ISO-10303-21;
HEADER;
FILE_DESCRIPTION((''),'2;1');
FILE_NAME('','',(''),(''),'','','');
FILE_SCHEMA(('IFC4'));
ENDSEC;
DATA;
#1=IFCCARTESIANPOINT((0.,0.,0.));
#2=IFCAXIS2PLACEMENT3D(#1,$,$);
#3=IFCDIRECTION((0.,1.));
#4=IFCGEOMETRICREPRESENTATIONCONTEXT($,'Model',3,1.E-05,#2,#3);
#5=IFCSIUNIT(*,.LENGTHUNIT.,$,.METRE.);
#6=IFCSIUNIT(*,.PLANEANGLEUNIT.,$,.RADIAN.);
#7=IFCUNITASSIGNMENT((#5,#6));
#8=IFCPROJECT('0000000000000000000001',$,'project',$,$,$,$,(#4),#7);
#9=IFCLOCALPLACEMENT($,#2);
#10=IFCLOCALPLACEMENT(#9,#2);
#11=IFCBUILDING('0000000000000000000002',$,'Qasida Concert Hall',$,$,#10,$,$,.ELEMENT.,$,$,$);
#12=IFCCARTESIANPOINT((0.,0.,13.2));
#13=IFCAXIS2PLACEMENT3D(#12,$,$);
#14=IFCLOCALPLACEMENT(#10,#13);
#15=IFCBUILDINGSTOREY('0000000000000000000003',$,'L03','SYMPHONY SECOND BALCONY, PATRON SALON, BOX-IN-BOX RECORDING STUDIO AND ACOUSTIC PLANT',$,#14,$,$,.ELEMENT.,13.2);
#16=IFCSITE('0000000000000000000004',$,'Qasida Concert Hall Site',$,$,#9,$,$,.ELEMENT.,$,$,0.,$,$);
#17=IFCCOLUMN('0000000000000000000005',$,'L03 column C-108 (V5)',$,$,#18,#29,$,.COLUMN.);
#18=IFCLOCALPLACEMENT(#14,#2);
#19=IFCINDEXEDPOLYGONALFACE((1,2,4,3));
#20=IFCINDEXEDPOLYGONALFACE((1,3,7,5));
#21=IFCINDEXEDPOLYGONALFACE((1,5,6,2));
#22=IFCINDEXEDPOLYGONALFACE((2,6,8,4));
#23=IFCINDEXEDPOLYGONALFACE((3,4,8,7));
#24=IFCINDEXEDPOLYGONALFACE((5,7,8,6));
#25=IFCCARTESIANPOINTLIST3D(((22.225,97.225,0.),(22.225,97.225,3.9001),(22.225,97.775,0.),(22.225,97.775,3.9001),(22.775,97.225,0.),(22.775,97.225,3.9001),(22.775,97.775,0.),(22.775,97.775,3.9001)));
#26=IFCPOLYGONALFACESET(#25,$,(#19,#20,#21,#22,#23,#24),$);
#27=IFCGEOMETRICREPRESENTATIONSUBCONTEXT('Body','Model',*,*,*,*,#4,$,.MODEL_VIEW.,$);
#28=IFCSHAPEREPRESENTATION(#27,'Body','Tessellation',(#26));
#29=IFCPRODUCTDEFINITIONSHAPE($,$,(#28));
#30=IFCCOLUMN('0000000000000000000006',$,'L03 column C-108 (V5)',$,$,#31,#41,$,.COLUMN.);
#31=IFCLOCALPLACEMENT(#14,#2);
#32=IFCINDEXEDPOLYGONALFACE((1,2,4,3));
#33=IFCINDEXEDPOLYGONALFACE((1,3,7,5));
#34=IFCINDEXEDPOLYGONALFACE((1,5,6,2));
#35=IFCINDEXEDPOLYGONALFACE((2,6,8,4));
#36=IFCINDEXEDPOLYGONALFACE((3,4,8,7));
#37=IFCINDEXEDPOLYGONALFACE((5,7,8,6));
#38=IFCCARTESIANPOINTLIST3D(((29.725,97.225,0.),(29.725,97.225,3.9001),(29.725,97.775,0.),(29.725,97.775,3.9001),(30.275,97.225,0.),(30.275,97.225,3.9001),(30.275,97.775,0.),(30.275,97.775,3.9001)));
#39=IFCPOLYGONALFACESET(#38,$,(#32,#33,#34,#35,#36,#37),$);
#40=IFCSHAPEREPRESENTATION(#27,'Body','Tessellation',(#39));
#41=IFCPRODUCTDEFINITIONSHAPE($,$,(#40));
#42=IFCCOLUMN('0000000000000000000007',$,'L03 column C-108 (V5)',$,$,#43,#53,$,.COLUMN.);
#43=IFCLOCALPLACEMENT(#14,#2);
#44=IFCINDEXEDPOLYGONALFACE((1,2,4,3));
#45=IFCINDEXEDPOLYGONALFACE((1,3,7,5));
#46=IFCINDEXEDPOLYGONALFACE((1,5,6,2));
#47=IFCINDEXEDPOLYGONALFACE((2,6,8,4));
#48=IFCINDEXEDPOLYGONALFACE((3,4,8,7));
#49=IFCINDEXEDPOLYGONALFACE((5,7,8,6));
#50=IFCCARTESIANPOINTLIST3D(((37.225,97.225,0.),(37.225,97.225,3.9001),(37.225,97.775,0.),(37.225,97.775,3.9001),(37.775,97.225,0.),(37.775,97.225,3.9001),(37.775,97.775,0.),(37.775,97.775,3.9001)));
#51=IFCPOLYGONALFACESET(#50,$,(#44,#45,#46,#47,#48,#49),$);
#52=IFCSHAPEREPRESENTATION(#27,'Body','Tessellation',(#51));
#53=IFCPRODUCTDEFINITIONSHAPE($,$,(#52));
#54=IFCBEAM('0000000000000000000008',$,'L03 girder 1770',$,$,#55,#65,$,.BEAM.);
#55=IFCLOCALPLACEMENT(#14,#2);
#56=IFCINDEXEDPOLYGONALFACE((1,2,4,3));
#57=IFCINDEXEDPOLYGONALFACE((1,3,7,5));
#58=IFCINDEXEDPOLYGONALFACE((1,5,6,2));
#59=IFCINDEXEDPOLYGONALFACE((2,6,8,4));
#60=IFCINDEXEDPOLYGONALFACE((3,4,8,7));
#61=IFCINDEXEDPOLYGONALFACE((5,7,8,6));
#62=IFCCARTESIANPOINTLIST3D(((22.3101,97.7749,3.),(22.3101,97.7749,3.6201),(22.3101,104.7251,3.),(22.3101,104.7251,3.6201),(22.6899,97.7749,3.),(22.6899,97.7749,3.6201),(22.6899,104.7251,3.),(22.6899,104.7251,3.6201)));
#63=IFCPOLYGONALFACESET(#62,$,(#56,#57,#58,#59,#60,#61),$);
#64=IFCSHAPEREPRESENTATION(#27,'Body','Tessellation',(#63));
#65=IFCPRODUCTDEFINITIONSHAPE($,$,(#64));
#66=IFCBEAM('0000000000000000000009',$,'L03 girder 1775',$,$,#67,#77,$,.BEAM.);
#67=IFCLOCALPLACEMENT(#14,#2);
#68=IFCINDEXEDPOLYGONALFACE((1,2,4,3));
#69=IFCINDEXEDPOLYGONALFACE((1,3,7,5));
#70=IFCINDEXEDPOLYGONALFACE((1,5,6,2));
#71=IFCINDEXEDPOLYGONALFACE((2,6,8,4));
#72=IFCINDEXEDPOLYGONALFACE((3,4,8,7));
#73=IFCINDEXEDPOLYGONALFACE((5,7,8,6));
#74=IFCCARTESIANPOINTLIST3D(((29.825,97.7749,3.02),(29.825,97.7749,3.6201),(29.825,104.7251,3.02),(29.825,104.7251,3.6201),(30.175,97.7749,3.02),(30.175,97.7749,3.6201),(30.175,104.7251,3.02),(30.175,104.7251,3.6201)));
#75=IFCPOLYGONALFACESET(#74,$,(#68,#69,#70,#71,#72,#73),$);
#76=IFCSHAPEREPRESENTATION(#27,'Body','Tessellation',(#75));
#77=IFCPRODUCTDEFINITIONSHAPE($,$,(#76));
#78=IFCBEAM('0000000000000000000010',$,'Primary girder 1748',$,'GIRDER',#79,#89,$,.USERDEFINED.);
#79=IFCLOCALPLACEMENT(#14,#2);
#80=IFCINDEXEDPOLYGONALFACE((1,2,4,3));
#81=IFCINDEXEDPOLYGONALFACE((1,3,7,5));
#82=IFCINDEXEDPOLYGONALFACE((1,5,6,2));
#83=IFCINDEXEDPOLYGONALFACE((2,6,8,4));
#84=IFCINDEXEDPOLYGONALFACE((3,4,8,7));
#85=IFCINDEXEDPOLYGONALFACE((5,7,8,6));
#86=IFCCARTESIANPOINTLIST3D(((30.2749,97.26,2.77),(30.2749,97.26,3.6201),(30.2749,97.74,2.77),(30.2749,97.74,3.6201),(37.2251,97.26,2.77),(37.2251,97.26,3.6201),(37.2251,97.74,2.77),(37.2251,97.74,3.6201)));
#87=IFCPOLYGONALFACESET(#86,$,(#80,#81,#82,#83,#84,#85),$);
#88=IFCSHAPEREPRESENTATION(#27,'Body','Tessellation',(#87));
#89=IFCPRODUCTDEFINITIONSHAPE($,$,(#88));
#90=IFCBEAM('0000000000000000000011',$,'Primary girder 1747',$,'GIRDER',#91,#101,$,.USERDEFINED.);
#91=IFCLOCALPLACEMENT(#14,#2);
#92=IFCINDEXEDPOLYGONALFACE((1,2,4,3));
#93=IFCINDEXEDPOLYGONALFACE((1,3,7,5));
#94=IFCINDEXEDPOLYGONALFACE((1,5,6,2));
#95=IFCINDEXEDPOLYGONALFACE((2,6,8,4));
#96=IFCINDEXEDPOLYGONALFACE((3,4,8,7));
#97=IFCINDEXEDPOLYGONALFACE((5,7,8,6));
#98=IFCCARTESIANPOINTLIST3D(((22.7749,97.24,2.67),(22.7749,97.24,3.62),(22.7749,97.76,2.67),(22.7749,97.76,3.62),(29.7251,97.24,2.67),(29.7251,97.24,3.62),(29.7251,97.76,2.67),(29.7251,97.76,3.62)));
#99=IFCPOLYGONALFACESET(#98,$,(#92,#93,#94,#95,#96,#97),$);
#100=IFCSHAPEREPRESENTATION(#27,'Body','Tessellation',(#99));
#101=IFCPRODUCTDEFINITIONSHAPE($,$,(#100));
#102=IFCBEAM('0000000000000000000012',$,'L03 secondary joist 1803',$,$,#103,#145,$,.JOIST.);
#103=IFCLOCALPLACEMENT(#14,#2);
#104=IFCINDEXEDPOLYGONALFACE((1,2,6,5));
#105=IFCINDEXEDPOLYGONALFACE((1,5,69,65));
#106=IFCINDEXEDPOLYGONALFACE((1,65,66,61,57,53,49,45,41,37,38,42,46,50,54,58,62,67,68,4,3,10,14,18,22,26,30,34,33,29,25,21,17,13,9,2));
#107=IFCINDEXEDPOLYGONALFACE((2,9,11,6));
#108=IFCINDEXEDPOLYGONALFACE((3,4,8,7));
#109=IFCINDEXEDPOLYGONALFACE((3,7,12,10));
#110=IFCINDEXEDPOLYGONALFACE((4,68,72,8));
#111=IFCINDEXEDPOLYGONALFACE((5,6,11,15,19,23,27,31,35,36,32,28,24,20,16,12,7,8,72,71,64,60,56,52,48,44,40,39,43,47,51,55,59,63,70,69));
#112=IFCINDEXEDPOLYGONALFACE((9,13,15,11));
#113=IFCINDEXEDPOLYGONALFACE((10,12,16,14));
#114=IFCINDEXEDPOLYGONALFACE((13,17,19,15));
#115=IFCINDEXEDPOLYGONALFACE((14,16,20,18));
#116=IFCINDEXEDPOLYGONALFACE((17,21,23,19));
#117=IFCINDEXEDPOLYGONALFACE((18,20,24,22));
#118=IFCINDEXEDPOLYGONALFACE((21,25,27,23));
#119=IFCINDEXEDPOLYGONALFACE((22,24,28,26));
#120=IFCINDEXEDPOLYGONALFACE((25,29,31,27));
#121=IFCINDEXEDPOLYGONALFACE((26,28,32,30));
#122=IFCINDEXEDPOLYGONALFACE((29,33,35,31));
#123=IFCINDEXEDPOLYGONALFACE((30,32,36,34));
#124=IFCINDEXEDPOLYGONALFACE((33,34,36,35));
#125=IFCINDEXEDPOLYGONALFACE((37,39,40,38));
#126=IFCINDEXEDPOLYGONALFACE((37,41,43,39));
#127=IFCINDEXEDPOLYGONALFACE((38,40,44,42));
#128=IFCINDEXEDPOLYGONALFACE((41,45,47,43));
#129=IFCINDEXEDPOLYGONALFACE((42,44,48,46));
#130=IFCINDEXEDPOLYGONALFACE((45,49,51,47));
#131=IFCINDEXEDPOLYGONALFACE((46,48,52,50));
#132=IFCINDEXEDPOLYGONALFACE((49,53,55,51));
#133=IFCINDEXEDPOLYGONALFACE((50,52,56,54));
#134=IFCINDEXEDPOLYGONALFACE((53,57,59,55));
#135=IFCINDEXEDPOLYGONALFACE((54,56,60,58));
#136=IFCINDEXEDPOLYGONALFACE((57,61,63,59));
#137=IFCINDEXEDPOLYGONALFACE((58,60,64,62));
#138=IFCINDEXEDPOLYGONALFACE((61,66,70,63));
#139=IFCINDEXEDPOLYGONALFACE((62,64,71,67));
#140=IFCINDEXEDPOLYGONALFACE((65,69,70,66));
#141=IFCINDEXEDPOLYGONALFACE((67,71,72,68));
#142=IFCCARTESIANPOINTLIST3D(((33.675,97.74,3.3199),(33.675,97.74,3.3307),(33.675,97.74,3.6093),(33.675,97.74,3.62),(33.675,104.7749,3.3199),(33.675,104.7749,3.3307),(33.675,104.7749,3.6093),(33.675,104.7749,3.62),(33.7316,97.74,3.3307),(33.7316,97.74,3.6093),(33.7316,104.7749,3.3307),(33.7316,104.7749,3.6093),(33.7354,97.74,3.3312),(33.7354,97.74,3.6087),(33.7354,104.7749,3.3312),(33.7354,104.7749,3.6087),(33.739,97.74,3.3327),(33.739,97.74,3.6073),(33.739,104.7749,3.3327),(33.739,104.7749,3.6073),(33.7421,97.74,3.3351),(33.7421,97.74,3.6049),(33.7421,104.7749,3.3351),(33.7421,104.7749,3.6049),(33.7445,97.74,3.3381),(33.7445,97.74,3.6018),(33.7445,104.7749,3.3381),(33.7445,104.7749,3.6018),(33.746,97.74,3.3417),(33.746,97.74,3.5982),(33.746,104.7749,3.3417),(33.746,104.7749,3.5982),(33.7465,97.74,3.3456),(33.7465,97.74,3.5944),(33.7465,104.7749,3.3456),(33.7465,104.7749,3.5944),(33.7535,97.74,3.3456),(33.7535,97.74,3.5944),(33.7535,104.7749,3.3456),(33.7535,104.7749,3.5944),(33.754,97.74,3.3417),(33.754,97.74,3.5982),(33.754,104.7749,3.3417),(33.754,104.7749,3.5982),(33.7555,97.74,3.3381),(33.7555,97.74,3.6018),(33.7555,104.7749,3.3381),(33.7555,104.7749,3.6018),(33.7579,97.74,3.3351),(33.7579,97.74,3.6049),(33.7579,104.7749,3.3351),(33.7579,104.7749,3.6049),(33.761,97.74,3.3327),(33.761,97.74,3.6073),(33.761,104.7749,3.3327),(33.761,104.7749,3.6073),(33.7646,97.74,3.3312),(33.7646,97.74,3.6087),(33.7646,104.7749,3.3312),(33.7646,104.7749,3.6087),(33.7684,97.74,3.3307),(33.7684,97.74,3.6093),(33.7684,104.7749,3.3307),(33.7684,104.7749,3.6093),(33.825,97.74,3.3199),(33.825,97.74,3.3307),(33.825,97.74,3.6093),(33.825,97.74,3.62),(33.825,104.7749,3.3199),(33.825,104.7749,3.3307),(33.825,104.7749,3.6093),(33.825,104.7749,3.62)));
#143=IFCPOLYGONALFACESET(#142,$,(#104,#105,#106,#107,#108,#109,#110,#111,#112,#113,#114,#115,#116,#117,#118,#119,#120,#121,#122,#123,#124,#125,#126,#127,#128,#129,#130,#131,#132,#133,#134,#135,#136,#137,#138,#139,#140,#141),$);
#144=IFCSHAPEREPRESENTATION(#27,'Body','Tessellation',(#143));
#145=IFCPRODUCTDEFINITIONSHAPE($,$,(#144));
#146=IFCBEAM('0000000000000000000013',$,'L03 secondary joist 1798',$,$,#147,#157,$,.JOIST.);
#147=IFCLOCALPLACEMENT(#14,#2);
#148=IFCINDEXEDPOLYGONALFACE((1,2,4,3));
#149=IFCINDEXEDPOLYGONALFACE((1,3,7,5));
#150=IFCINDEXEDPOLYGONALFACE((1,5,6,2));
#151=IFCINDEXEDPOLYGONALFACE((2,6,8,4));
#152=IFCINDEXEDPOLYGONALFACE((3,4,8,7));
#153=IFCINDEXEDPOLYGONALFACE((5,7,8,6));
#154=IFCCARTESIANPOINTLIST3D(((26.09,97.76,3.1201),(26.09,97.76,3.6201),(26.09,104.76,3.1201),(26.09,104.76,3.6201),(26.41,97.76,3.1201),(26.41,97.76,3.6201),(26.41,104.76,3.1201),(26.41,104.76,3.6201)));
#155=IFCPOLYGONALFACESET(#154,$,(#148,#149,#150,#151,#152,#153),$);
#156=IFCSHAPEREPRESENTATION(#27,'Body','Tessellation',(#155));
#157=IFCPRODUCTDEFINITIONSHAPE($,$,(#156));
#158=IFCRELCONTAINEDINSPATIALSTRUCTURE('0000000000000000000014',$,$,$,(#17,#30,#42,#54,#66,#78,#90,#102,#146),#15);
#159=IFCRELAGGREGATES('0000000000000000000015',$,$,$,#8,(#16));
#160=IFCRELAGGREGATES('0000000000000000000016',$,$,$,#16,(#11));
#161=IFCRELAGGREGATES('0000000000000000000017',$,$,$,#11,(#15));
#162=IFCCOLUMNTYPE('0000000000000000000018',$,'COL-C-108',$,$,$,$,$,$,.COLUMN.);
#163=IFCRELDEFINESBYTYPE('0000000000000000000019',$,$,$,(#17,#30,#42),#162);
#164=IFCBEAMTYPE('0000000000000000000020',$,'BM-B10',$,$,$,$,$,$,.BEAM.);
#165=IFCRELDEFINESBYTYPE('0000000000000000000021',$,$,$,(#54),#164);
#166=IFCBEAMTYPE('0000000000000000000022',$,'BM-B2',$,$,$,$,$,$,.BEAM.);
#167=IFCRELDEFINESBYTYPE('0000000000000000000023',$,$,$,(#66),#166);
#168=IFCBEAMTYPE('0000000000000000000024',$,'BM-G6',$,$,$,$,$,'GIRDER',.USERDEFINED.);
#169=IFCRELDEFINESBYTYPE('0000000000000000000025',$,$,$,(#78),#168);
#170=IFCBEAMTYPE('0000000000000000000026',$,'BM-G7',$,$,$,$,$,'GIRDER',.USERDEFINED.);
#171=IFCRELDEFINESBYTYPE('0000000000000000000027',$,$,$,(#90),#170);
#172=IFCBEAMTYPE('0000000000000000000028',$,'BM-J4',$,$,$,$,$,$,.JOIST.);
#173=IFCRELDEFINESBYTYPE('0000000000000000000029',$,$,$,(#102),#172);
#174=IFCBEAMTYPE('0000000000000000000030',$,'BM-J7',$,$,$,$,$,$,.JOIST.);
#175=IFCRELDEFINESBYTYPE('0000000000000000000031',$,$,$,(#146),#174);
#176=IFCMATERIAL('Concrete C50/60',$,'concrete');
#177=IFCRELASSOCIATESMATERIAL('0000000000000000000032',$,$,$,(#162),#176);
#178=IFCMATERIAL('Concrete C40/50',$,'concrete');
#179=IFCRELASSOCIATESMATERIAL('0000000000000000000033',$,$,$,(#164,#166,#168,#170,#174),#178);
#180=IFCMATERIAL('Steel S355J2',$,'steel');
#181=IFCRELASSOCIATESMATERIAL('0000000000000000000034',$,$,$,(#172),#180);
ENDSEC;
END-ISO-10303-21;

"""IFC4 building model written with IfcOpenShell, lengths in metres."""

from ifc_helpers import new_model, si_unit, direction, frame, origin, origin_2d, place, context, subcontext, project, spatial, rectangle, i_section, extrude, material, material_profile, profile_set, type_object, element, save


model = new_model("IFC4")

# Units and contexts
model_context = context("Model", 3, precision=1e-05, world=origin(), true_north=direction((0.0, 1.0)))
body_context = subcontext(model_context, "Body", "Model", "MODEL_VIEW")
ifc_project = project(units=[si_unit("LENGTHUNIT", "METRE"), si_unit("PLANEANGLEUNIT", "RADIAN")], contexts=[model_context])

# Site, building, storey
site_placement = place(None, origin())
site = spatial("IfcSite", under=ifc_project, at=site_placement, Name="Qasida Concert Hall Site", CompositionType="ELEMENT", RefElevation=0.0)
building_placement = place(site_placement, origin())
building = spatial("IfcBuilding", under=site, at=building_placement, Name="Qasida Concert Hall", CompositionType="ELEMENT")
storey_placement = place(building_placement, frame((0.0, 0.0, 13.2)))
storey = spatial("IfcBuildingStorey", under=building, at=storey_placement, Name="L03", Description="SYMPHONY SECOND BALCONY, PATRON SALON, BOX-IN-BOX RECORDING STUDIO AND ACOUSTIC PLANT", CompositionType="ELEMENT", Elevation=13.2)

# Columns
ifc_material_1 = material(Name="Concrete C50/60", Category="concrete")
ifc_material_profile_1 = material_profile(ifc_material_1, rectangle(XDim=0.55, YDim=0.55, at=origin_2d()), Name="RC 550x550")
ifc_profile_set_1 = profile_set([ifc_material_profile_1], Name="Concrete C50/60")
column_type = type_object("IfcColumnType", Name="COL-C-108", PredefinedType="COLUMN", material=ifc_profile_set_1)
for number, where, z_axis, x_axis, name in (
    (1, (22.5, 97.5, 0.0), (0.0, 0.0, 1.0), (1.0, 0.0, 0.0), "L03 column C-108 (V5)"),
    (2, (30.0, 97.5, 0.0), (0.0, 0.0, 1.0), (1.0, 0.0, 0.0), "L03 column C-108 (V5)"),
    (3, (37.5, 97.5, 0.0), (0.0, 0.0, 1.0), (1.0, 0.0, 0.0), "L03 column C-108 (V5)"),
):
    element("IfcColumn", number, at=place(storey_placement, frame(where, z_axis=z_axis, x_axis=x_axis)), inside=storey, type_object=column_type, Name=name, PredefinedType="COLUMN", context=body_context, shape_type="SweptSolid", body=[
        extrude(rectangle(XDim=0.55, YDim=0.55, at=origin_2d()), origin(), (0.0, 0.0, 1.0), 3.9001),
    ])

# Beams
ifc_material_2 = material(Name="Concrete C40/50", Category="concrete")
ifc_material_profile_2 = material_profile(ifc_material_2, rectangle(XDim=0.3799, YDim=0.6201, at=origin_2d()), Name="RC 380x620")
ifc_profile_set_2 = profile_set([ifc_material_profile_2], Name="Concrete C40/50")
beam_type_1 = type_object("IfcBeamType", Name="BM-B10", PredefinedType="BEAM", material=ifc_profile_set_2)
beam_1_placement = place(storey_placement, frame((22.5, 97.7749, 3.3101), z_axis=(0.0, 1.0, 0.0), x_axis=(-1.0, 0.0, 0.0)))
element("IfcBeam", 4, at=beam_1_placement, inside=storey, type_object=beam_type_1, Name="L03 girder 1770", PredefinedType="BEAM", context=body_context, shape_type="SweptSolid", body=[
    extrude(rectangle(XDim=0.3799, YDim=0.6201, at=origin_2d()), origin(), (0.0, 0.0, 1.0), 6.9502),
])
ifc_material_profile_3 = material_profile(ifc_material_2, rectangle(XDim=0.3501, YDim=0.6001, at=origin_2d()), Name="RC 350x600")
ifc_profile_set_3 = profile_set([ifc_material_profile_3], Name="Concrete C40/50")
beam_type_2 = type_object("IfcBeamType", Name="BM-B2", PredefinedType="BEAM", material=ifc_profile_set_3)
beam_2_placement = place(storey_placement, frame((30.0, 97.7749, 3.3201), z_axis=(0.0, 1.0, 0.0), x_axis=(-1.0, 0.0, 0.0)))
element("IfcBeam", 5, at=beam_2_placement, inside=storey, type_object=beam_type_2, Name="L03 girder 1775", PredefinedType="BEAM", context=body_context, shape_type="SweptSolid", body=[
    extrude(rectangle(XDim=0.3501, YDim=0.6001, at=origin_2d()), origin(), (0.0, 0.0, 1.0), 6.9502),
])
ifc_material_profile_4 = material_profile(ifc_material_2, rectangle(XDim=0.48, YDim=0.8501, at=origin_2d()), Name="RC 480x850")
ifc_profile_set_4 = profile_set([ifc_material_profile_4], Name="Concrete C40/50")
beam_type_3 = type_object("IfcBeamType", Name="BM-G6", ElementType="GIRDER", PredefinedType="USERDEFINED", material=ifc_profile_set_4)
beam_3_placement = place(storey_placement, frame((30.2749, 97.5, 3.1951), z_axis=(1.0, 0.0, 0.0), x_axis=(0.0, 1.0, 0.0)))
element("IfcBeam", 6, at=beam_3_placement, inside=storey, type_object=beam_type_3, Name="Primary girder 1748", ObjectType="GIRDER", PredefinedType="USERDEFINED", context=body_context, shape_type="SweptSolid", body=[
    extrude(rectangle(XDim=0.48, YDim=0.8501, at=origin_2d()), origin(), (0.0, 0.0, 1.0), 6.9502),
])
ifc_material_profile_5 = material_profile(ifc_material_2, rectangle(XDim=0.52, YDim=0.95, at=origin_2d()), Name="RC 520x950")
ifc_profile_set_5 = profile_set([ifc_material_profile_5], Name="Concrete C40/50")
beam_type_4 = type_object("IfcBeamType", Name="BM-G7", ElementType="GIRDER", PredefinedType="USERDEFINED", material=ifc_profile_set_5)
beam_4_placement = place(storey_placement, frame((22.7749, 97.5, 3.145), z_axis=(1.0, 0.0, 0.0), x_axis=(0.0, 1.0, 0.0)))
element("IfcBeam", 7, at=beam_4_placement, inside=storey, type_object=beam_type_4, Name="Primary girder 1747", ObjectType="GIRDER", PredefinedType="USERDEFINED", context=body_context, shape_type="SweptSolid", body=[
    extrude(rectangle(XDim=0.52, YDim=0.95, at=origin_2d()), origin(), (0.0, 0.0, 1.0), 6.9502),
])
ifc_material_3 = material(Name="Steel S355J2", Category="steel")
ifc_material_profile_6 = material_profile(ifc_material_3, i_section(OverallWidth=0.1499, OverallDepth=0.3, WebThickness=0.0071, FlangeThickness=0.0107, FilletRadius=0.0149, at=origin_2d()), Name="IPE 300")
ifc_profile_set_6 = profile_set([ifc_material_profile_6], Name="Steel S355J2")
beam_type_5 = type_object("IfcBeamType", Name="BM-J4", PredefinedType="JOIST", material=ifc_profile_set_6)
beam_5_placement = place(storey_placement, frame((33.75, 97.74, 3.47), z_axis=(0.0, 1.0, 0.0), x_axis=(-1.0, 0.0, 0.0)))
element("IfcBeam", 8, at=beam_5_placement, inside=storey, type_object=beam_type_5, Name="L03 secondary joist 1803", PredefinedType="JOIST", context=body_context, shape_type="SweptSolid", body=[
    extrude(i_section(OverallWidth=0.1499, OverallDepth=0.3, WebThickness=0.0071, FlangeThickness=0.0107, FilletRadius=0.0149, at=origin_2d()), origin(), (0.0, 0.0, 1.0), 7.0349),
])
ifc_material_profile_7 = material_profile(ifc_material_2, rectangle(XDim=0.3201, YDim=0.5, at=origin_2d()), Name="RC 320x500")
ifc_profile_set_7 = profile_set([ifc_material_profile_7], Name="Concrete C40/50")
beam_type_6 = type_object("IfcBeamType", Name="BM-J7", PredefinedType="JOIST", material=ifc_profile_set_7)
beam_6_placement = place(storey_placement, frame((26.25, 97.76, 3.3701), z_axis=(0.0, 1.0, 0.0), x_axis=(-1.0, 0.0, 0.0)))
element("IfcBeam", 9, at=beam_6_placement, inside=storey, type_object=beam_type_6, Name="L03 secondary joist 1798", PredefinedType="JOIST", context=body_context, shape_type="SweptSolid", body=[
    extrude(rectangle(XDim=0.3201, YDim=0.5, at=origin_2d()), origin(), (0.0, 0.0, 1.0), 7.0),
])

save(model, "model.ifc")
